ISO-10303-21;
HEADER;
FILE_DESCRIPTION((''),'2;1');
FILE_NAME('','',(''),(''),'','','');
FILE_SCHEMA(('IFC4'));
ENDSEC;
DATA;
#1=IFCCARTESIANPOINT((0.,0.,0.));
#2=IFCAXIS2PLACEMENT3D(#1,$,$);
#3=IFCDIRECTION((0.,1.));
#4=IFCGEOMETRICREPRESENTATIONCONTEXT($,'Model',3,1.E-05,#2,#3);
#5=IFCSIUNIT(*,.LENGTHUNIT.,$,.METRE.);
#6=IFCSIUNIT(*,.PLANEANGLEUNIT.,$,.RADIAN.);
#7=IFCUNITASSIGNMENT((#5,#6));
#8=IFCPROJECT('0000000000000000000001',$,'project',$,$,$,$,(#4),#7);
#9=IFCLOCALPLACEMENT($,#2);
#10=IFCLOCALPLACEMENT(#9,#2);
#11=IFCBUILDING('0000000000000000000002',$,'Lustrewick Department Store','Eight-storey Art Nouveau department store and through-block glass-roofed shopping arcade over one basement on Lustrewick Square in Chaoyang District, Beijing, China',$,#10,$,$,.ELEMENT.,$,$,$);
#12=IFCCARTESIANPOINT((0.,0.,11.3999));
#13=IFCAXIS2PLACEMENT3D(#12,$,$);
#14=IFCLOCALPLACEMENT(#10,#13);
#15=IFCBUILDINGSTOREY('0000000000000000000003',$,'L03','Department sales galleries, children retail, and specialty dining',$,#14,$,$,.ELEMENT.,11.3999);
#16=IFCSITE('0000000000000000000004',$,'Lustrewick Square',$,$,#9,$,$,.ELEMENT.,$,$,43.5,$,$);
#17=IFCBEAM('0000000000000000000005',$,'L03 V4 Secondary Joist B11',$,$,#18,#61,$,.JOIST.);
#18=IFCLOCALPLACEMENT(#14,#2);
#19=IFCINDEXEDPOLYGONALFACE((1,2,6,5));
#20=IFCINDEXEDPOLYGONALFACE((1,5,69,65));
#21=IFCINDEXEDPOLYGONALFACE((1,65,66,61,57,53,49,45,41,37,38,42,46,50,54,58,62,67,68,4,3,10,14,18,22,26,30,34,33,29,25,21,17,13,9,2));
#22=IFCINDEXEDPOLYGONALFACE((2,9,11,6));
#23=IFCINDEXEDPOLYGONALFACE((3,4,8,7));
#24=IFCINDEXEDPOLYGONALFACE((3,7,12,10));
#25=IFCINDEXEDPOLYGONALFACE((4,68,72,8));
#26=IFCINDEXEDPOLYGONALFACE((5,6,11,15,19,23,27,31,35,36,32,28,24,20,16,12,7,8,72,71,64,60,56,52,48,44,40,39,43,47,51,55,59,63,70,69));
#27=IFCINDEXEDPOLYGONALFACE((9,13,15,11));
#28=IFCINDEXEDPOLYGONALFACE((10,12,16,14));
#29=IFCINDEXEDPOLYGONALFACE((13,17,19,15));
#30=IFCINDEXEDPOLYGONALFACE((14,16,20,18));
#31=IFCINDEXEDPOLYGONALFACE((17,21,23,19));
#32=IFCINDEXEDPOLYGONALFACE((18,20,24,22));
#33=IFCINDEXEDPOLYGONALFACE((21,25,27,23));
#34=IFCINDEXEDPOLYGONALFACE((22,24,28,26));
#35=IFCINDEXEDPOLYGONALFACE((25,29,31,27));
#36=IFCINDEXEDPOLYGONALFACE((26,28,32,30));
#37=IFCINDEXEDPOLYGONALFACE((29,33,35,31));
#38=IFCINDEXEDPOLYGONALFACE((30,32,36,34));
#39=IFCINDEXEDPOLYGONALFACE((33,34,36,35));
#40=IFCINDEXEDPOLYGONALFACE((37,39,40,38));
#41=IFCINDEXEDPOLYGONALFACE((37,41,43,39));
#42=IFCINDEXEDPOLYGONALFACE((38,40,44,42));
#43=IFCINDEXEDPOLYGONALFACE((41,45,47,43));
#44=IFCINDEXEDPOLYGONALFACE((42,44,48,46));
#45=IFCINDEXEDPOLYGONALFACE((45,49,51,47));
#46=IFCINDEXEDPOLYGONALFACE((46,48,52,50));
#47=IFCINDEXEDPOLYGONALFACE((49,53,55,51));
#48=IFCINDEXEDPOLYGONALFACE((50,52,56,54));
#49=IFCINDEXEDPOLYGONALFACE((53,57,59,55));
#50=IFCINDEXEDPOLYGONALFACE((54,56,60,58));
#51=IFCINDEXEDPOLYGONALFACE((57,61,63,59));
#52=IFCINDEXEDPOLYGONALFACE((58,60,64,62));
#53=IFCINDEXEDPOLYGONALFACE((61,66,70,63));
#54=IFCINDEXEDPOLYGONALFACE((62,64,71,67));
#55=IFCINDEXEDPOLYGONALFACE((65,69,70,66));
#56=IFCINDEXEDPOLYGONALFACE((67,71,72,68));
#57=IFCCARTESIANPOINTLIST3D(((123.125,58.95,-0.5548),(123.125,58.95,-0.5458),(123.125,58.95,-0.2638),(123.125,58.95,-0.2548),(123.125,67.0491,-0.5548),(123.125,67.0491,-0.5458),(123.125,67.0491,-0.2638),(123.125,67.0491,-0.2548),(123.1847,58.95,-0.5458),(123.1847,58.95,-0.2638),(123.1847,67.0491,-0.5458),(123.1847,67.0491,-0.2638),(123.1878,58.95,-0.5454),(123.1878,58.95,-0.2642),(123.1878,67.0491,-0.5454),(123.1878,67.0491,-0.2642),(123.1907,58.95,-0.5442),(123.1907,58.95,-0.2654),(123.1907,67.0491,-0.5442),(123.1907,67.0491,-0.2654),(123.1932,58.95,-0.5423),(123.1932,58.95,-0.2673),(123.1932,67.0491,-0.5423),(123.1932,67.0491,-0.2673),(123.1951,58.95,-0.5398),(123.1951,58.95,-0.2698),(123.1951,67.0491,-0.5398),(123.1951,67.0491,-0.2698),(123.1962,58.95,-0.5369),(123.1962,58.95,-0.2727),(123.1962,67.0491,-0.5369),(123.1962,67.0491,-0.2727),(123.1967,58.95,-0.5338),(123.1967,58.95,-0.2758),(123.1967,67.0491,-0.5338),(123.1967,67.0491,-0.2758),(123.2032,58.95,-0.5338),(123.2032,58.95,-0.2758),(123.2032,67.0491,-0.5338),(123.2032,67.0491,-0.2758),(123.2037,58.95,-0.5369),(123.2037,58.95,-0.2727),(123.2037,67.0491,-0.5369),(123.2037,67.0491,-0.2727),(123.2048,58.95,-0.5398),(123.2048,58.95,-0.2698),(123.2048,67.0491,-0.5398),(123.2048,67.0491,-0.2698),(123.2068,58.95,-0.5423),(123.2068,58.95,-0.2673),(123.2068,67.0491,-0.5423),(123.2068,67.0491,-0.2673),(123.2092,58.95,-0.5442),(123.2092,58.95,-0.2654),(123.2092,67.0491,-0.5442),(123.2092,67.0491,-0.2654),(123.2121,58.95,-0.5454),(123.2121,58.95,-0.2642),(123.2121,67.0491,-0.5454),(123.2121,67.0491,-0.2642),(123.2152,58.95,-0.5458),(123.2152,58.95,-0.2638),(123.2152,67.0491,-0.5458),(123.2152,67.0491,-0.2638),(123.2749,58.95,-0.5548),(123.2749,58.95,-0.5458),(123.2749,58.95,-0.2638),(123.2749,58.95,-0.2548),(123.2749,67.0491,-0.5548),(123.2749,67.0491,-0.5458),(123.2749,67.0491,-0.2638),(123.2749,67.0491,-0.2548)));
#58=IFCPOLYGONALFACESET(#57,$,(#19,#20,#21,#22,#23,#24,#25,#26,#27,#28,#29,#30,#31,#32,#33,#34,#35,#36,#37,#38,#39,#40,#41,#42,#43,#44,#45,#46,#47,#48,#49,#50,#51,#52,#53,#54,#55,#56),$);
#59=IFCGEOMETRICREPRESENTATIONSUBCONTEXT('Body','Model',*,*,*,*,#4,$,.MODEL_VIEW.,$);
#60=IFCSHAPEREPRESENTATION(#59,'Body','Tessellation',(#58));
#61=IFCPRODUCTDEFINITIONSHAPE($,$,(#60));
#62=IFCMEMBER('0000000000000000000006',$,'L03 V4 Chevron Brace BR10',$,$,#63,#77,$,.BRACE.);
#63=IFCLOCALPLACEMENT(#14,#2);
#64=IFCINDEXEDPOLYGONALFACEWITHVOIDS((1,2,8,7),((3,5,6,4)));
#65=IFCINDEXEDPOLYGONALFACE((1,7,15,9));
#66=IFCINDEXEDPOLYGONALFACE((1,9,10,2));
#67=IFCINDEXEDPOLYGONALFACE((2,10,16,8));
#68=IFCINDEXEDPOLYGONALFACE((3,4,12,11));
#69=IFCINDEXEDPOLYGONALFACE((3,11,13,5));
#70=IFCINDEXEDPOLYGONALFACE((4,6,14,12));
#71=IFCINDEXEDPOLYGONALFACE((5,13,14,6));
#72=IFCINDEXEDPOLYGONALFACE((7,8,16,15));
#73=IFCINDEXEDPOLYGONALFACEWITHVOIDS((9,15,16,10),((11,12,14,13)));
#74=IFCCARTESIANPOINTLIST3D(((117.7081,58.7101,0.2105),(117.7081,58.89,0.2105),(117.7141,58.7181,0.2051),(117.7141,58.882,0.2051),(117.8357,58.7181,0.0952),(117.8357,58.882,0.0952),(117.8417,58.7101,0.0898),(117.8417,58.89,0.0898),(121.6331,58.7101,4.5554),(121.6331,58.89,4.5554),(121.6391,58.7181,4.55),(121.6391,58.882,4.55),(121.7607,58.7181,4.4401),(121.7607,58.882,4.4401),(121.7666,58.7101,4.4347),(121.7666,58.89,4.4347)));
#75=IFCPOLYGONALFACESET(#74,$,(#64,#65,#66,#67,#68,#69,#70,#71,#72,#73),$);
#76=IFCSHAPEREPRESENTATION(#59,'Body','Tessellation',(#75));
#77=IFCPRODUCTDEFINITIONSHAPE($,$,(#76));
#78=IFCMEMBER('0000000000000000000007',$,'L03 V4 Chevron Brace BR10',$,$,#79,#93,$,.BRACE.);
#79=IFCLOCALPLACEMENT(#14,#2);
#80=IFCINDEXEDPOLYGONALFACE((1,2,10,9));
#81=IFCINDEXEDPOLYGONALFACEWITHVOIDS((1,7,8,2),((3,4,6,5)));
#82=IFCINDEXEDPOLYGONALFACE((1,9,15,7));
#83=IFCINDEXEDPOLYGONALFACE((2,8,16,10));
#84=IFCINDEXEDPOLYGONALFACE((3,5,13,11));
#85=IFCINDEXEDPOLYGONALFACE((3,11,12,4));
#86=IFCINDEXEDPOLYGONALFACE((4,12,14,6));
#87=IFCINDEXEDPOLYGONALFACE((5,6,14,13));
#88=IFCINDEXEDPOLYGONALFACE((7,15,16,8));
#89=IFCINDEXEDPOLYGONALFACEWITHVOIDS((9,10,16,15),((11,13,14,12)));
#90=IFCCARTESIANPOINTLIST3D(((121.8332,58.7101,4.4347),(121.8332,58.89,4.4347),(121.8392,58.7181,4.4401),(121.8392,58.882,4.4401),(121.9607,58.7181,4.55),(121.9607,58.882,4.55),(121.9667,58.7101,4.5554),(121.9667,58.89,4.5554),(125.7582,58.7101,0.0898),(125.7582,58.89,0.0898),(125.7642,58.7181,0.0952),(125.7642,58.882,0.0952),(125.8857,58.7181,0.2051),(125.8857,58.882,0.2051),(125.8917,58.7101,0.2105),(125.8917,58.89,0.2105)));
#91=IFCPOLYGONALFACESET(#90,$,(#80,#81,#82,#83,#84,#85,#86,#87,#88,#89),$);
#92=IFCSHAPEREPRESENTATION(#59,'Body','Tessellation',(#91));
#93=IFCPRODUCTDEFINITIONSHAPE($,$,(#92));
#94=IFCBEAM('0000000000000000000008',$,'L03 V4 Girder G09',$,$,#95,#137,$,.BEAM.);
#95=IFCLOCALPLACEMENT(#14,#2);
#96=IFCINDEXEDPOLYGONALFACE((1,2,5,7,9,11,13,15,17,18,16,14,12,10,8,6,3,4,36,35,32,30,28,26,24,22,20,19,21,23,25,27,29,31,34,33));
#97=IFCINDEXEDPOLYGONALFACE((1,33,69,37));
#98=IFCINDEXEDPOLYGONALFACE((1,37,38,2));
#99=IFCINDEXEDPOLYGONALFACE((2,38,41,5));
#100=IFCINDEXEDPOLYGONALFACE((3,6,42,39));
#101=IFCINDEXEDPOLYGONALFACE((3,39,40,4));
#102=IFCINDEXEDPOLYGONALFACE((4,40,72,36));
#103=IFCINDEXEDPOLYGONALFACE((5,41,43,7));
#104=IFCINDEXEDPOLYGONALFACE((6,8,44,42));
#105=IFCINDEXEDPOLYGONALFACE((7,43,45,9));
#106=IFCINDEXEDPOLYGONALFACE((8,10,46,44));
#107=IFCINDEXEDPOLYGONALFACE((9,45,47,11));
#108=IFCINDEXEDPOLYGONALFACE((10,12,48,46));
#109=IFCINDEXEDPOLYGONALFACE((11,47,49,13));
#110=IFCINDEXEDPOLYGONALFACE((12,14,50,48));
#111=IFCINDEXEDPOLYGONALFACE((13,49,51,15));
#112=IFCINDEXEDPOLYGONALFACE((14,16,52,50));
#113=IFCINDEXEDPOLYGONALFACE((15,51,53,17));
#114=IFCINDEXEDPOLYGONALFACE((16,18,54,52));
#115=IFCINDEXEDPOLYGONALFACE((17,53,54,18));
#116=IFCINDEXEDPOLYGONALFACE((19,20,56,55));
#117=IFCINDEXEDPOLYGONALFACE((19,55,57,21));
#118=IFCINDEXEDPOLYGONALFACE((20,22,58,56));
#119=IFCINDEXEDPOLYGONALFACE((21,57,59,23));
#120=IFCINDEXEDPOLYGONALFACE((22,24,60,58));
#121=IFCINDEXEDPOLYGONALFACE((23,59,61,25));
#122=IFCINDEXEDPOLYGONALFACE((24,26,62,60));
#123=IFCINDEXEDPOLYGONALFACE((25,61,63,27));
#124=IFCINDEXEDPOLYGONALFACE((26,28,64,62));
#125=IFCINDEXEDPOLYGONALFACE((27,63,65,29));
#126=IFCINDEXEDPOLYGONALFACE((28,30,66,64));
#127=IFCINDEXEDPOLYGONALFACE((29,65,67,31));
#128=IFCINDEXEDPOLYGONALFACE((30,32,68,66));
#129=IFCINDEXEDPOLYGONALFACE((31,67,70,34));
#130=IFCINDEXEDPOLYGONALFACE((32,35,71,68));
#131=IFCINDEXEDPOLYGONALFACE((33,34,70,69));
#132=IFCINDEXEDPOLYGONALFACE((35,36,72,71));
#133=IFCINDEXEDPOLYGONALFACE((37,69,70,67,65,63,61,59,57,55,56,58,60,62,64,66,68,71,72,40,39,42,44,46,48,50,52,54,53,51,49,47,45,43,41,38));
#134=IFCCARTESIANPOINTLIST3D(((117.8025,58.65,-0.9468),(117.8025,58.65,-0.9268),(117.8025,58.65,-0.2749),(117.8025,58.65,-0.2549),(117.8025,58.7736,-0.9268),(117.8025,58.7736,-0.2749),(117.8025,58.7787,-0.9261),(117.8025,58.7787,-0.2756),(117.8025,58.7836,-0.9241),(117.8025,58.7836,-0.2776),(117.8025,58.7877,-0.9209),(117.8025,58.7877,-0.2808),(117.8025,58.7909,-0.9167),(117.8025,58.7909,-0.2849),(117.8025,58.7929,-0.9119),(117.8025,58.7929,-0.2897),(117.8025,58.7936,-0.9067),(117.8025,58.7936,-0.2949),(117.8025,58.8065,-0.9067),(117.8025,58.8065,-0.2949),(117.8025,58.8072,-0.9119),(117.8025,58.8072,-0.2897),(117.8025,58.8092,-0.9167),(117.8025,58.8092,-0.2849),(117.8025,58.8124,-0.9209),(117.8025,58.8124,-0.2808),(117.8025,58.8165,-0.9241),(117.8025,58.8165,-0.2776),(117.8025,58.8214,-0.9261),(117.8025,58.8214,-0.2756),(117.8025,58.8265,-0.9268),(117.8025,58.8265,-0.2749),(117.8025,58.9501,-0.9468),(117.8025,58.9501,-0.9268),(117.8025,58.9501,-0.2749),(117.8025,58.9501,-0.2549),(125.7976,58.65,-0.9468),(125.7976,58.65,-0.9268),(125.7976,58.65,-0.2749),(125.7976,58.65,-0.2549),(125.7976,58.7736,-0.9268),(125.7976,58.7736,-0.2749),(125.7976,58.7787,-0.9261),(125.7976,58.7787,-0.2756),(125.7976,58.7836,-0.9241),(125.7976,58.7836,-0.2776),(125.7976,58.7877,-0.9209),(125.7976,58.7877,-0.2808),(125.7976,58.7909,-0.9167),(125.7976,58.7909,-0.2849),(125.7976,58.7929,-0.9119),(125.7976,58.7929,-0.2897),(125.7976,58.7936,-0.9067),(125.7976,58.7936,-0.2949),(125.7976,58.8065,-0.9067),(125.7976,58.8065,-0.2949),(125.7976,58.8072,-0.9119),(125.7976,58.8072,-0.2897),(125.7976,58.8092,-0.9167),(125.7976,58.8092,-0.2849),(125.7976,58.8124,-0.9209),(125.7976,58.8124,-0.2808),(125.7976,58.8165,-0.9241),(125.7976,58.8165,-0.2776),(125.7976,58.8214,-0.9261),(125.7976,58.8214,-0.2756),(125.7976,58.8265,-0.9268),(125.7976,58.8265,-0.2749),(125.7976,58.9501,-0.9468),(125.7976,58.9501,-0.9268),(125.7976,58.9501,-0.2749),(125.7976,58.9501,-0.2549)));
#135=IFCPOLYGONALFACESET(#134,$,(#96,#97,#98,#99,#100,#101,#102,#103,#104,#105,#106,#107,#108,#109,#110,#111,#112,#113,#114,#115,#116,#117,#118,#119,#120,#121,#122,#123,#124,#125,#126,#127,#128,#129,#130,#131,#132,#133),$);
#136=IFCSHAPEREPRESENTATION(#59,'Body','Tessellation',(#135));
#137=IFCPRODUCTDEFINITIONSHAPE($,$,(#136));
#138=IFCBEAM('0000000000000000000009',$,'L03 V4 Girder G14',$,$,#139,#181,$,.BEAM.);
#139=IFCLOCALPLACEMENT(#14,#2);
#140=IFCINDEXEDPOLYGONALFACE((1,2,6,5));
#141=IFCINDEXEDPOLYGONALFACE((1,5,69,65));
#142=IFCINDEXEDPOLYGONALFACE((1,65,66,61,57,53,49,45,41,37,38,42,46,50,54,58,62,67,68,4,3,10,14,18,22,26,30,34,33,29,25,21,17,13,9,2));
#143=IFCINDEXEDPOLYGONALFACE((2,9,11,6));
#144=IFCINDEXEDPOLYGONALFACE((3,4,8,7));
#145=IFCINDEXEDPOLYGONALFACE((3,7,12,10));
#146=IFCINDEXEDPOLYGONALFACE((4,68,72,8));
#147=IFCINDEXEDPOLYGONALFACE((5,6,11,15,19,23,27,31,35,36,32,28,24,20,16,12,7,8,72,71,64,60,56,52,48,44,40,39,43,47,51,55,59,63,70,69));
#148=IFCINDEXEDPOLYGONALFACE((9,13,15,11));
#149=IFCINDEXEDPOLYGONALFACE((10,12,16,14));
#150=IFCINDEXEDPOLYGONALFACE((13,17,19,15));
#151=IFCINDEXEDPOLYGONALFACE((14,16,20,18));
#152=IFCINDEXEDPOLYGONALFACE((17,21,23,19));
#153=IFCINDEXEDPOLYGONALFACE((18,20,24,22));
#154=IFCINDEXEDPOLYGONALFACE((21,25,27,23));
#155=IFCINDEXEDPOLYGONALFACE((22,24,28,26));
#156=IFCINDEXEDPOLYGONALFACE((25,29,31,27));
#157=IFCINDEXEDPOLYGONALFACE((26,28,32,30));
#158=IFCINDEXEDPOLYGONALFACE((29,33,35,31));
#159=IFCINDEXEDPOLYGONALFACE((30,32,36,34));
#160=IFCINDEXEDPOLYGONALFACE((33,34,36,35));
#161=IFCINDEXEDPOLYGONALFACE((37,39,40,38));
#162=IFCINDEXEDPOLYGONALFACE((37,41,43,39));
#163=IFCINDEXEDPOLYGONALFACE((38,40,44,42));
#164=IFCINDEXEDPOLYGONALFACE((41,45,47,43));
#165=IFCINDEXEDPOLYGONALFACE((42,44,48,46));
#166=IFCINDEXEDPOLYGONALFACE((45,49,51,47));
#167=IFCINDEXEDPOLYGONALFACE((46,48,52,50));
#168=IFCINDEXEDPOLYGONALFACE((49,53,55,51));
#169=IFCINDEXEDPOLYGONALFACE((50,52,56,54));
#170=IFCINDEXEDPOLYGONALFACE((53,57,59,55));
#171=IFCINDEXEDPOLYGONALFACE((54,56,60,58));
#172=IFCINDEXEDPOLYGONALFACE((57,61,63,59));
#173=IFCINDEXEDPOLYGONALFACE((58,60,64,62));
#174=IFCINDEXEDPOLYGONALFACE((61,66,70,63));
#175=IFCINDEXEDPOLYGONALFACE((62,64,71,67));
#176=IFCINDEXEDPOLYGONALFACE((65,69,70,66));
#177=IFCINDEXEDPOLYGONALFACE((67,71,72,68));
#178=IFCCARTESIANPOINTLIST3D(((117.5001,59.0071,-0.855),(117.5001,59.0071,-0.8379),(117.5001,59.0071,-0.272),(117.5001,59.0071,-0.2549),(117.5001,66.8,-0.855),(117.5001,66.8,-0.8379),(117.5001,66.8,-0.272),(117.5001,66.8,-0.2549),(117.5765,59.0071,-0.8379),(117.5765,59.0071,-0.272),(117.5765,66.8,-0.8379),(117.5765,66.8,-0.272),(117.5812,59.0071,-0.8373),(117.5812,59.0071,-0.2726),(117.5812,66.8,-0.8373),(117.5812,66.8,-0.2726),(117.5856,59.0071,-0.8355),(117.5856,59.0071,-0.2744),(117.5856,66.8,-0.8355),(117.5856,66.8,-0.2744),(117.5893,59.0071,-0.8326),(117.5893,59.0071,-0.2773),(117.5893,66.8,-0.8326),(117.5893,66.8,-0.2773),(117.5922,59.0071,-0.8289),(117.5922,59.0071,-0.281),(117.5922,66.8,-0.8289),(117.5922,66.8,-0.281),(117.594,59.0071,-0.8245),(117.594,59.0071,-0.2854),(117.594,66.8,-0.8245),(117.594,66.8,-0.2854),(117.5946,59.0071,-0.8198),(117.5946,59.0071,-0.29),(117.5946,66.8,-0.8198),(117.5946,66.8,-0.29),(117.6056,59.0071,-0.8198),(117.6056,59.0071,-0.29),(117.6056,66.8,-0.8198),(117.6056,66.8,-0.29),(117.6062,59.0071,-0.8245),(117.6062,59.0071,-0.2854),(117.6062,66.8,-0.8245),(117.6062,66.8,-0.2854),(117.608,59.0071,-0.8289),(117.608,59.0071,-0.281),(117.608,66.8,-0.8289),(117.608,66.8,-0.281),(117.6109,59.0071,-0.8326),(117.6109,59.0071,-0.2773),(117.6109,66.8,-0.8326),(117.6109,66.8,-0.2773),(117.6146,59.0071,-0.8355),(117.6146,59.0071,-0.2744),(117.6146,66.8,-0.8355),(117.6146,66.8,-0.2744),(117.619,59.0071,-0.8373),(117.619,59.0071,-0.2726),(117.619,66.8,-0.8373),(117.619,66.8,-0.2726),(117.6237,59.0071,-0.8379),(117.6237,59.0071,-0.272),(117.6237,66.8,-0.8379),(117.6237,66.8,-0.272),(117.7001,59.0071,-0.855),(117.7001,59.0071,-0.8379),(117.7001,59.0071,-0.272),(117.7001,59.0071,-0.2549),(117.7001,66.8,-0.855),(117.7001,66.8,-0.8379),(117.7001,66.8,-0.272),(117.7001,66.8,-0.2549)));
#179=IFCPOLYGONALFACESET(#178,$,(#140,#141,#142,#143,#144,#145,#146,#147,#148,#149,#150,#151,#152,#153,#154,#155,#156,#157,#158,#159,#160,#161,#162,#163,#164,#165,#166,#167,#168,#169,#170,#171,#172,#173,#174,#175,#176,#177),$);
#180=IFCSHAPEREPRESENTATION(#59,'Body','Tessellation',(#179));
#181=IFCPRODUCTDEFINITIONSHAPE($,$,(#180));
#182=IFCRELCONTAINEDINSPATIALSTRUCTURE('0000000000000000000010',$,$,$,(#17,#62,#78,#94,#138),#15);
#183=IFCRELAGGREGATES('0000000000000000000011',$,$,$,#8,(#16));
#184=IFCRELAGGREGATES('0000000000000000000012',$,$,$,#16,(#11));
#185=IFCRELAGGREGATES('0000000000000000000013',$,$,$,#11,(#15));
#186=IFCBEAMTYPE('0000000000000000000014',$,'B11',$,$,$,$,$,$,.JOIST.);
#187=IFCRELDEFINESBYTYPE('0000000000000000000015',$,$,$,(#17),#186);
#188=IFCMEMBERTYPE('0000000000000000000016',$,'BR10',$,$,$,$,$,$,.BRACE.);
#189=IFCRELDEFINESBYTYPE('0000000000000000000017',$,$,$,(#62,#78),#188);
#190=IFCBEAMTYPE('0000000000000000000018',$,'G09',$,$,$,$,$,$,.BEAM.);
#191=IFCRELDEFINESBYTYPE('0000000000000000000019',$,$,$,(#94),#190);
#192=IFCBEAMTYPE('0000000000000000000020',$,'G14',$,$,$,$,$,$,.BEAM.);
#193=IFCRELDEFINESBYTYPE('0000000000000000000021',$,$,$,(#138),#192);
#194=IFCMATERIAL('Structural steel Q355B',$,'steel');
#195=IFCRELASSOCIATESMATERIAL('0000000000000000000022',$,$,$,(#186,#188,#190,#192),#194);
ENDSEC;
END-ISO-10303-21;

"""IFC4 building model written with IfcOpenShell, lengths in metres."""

from ifc_helpers import new_model, si_unit, direction, frame, origin, origin_2d, place, context, subcontext, project, spatial, hollow_rectangle, i_section, extrude, material, material_profile, profile_set, type_object, element, save


model = new_model("IFC4")

# Units and contexts
model_context = context("Model", 3, precision=1e-05, world=origin(), true_north=direction((0.0, 1.0)))
body_context = subcontext(model_context, "Body", "Model", "MODEL_VIEW")
ifc_project = project(units=[si_unit("LENGTHUNIT", "METRE"), si_unit("PLANEANGLEUNIT", "RADIAN")], contexts=[model_context])

# Site, building, storey
site_placement = place(None, origin())
site = spatial("IfcSite", under=ifc_project, at=site_placement, Name="Lustrewick Square", CompositionType="ELEMENT", RefElevation=43.5)
building_placement = place(site_placement, origin())
building = spatial("IfcBuilding", under=site, at=building_placement, Name="Lustrewick Department Store", Description="Eight-storey Art Nouveau department store and through-block glass-roofed shopping arcade over one basement on Lustrewick Square in Chaoyang District, Beijing, China", CompositionType="ELEMENT")
storey_placement = place(building_placement, frame((0.0, 0.0, 11.3999)))
storey = spatial("IfcBuildingStorey", under=building, at=storey_placement, Name="L03", Description="Department sales galleries, children retail, and specialty dining", CompositionType="ELEMENT", Elevation=11.3999)

# Shared definitions
ifc_material_1 = material(Name="Structural steel Q355B", Category="steel")

# Beam
ifc_material_profile_1 = material_profile(ifc_material_1, i_section(OverallWidth=0.1499, OverallDepth=0.3, WebThickness=0.0066, FlangeThickness=0.009, FilletRadius=0.012, at=origin_2d()), Name="HN 300x150x6.5x9")
ifc_profile_set_1 = profile_set([ifc_material_profile_1], Name="Structural steel Q355B")
beam_type_1 = type_object("IfcBeamType", Name="B11", PredefinedType="JOIST", material=ifc_profile_set_1)
beam_1_placement = place(storey_placement, frame((123.2, 58.95, -0.4048), z_axis=(0.0, 1.0, 0.0), x_axis=(-1.0, 0.0, 0.0)))
element("IfcBeam", 1, at=beam_1_placement, inside=storey, type_object=beam_type_1, Name="L03 V4 Secondary Joist B11", PredefinedType="JOIST", context=body_context, shape_type="SweptSolid", body=[
    extrude(i_section(OverallWidth=0.1499, OverallDepth=0.3, WebThickness=0.0066, FlangeThickness=0.009, FilletRadius=0.012, at=origin_2d()), origin(), (0.0, 0.0, 1.0), 8.0991),
])

# Members
ifc_material_profile_2 = material_profile(ifc_material_1, hollow_rectangle(XDim=0.1799, YDim=0.1799, WallThickness=0.0081, at=origin_2d()), Name="SHS 180x180x8")
ifc_profile_set_2 = profile_set([ifc_material_profile_2], Name="Structural steel Q355B")
member_type = type_object("IfcMemberType", Name="BR10", PredefinedType="BRACE", material=ifc_profile_set_2)
for number, where, z_axis, x_axis, name in (
    (2, (117.7749, 58.8, 0.1501), (0.670339, 0.0, 0.742055), (0.0, 1.0, 0.0), "L03 V4 Chevron Brace BR10"),
    (3, (125.825, 58.8, 0.1501), (-0.670339, 0.0, 0.742055), (0.0, -1.0, 0.0), "L03 V4 Chevron Brace BR10"),
):
    element("IfcMember", number, at=place(storey_placement, frame(where, z_axis=z_axis, x_axis=x_axis)), inside=storey, type_object=member_type, Name=name, PredefinedType="BRACE", context=body_context, shape_type="SweptSolid", body=[
        extrude(hollow_rectangle(XDim=0.1799, YDim=0.1799, WallThickness=0.0081, at=origin_2d()), origin(), (0.0, 0.0, 1.0), 5.8552),
    ])

# Beams
ifc_material_profile_3 = material_profile(ifc_material_1, i_section(OverallWidth=0.3, OverallDepth=0.6919, WebThickness=0.0129, FlangeThickness=0.02, FilletRadius=0.02, at=origin_2d()), Name="HN 692x300x13x20")
ifc_profile_set_3 = profile_set([ifc_material_profile_3], Name="Structural steel Q355B")
beam_type_2 = type_object("IfcBeamType", Name="G09", PredefinedType="BEAM", material=ifc_profile_set_3)
beam_2_placement = place(storey_placement, frame((117.8025, 58.8, -0.6008), z_axis=(1.0, 0.0, 0.0), x_axis=(0.0, 1.0, 0.0)))
element("IfcBeam", 4, at=beam_2_placement, inside=storey, type_object=beam_type_2, Name="L03 V4 Girder G09", PredefinedType="BEAM", context=body_context, shape_type="SweptSolid", body=[
    extrude(i_section(OverallWidth=0.3, OverallDepth=0.6919, WebThickness=0.0129, FlangeThickness=0.02, FilletRadius=0.02, at=origin_2d()), origin(), (0.0, 0.0, 1.0), 7.9951),
])
ifc_material_profile_4 = material_profile(ifc_material_1, i_section(OverallWidth=0.2, OverallDepth=0.6001, WebThickness=0.011, FlangeThickness=0.0171, FilletRadius=0.0181, at=origin_2d()), Name="HN 600x200x11x17")
ifc_profile_set_4 = profile_set([ifc_material_profile_4], Name="Structural steel Q355B")
beam_type_3 = type_object("IfcBeamType", Name="G14", PredefinedType="BEAM", material=ifc_profile_set_4)
beam_3_placement = place(storey_placement, frame((117.6001, 59.0071, -0.5549), z_axis=(0.0, 1.0, 0.0), x_axis=(-1.0, 0.0, 0.0)))
element("IfcBeam", 5, at=beam_3_placement, inside=storey, type_object=beam_type_3, Name="L03 V4 Girder G14", PredefinedType="BEAM", context=body_context, shape_type="SweptSolid", body=[
    extrude(i_section(OverallWidth=0.2, OverallDepth=0.6001, WebThickness=0.011, FlangeThickness=0.0171, FilletRadius=0.0181, at=origin_2d()), origin(), (0.0, 0.0, 1.0), 7.793),
])

save(model, "model.ifc")
